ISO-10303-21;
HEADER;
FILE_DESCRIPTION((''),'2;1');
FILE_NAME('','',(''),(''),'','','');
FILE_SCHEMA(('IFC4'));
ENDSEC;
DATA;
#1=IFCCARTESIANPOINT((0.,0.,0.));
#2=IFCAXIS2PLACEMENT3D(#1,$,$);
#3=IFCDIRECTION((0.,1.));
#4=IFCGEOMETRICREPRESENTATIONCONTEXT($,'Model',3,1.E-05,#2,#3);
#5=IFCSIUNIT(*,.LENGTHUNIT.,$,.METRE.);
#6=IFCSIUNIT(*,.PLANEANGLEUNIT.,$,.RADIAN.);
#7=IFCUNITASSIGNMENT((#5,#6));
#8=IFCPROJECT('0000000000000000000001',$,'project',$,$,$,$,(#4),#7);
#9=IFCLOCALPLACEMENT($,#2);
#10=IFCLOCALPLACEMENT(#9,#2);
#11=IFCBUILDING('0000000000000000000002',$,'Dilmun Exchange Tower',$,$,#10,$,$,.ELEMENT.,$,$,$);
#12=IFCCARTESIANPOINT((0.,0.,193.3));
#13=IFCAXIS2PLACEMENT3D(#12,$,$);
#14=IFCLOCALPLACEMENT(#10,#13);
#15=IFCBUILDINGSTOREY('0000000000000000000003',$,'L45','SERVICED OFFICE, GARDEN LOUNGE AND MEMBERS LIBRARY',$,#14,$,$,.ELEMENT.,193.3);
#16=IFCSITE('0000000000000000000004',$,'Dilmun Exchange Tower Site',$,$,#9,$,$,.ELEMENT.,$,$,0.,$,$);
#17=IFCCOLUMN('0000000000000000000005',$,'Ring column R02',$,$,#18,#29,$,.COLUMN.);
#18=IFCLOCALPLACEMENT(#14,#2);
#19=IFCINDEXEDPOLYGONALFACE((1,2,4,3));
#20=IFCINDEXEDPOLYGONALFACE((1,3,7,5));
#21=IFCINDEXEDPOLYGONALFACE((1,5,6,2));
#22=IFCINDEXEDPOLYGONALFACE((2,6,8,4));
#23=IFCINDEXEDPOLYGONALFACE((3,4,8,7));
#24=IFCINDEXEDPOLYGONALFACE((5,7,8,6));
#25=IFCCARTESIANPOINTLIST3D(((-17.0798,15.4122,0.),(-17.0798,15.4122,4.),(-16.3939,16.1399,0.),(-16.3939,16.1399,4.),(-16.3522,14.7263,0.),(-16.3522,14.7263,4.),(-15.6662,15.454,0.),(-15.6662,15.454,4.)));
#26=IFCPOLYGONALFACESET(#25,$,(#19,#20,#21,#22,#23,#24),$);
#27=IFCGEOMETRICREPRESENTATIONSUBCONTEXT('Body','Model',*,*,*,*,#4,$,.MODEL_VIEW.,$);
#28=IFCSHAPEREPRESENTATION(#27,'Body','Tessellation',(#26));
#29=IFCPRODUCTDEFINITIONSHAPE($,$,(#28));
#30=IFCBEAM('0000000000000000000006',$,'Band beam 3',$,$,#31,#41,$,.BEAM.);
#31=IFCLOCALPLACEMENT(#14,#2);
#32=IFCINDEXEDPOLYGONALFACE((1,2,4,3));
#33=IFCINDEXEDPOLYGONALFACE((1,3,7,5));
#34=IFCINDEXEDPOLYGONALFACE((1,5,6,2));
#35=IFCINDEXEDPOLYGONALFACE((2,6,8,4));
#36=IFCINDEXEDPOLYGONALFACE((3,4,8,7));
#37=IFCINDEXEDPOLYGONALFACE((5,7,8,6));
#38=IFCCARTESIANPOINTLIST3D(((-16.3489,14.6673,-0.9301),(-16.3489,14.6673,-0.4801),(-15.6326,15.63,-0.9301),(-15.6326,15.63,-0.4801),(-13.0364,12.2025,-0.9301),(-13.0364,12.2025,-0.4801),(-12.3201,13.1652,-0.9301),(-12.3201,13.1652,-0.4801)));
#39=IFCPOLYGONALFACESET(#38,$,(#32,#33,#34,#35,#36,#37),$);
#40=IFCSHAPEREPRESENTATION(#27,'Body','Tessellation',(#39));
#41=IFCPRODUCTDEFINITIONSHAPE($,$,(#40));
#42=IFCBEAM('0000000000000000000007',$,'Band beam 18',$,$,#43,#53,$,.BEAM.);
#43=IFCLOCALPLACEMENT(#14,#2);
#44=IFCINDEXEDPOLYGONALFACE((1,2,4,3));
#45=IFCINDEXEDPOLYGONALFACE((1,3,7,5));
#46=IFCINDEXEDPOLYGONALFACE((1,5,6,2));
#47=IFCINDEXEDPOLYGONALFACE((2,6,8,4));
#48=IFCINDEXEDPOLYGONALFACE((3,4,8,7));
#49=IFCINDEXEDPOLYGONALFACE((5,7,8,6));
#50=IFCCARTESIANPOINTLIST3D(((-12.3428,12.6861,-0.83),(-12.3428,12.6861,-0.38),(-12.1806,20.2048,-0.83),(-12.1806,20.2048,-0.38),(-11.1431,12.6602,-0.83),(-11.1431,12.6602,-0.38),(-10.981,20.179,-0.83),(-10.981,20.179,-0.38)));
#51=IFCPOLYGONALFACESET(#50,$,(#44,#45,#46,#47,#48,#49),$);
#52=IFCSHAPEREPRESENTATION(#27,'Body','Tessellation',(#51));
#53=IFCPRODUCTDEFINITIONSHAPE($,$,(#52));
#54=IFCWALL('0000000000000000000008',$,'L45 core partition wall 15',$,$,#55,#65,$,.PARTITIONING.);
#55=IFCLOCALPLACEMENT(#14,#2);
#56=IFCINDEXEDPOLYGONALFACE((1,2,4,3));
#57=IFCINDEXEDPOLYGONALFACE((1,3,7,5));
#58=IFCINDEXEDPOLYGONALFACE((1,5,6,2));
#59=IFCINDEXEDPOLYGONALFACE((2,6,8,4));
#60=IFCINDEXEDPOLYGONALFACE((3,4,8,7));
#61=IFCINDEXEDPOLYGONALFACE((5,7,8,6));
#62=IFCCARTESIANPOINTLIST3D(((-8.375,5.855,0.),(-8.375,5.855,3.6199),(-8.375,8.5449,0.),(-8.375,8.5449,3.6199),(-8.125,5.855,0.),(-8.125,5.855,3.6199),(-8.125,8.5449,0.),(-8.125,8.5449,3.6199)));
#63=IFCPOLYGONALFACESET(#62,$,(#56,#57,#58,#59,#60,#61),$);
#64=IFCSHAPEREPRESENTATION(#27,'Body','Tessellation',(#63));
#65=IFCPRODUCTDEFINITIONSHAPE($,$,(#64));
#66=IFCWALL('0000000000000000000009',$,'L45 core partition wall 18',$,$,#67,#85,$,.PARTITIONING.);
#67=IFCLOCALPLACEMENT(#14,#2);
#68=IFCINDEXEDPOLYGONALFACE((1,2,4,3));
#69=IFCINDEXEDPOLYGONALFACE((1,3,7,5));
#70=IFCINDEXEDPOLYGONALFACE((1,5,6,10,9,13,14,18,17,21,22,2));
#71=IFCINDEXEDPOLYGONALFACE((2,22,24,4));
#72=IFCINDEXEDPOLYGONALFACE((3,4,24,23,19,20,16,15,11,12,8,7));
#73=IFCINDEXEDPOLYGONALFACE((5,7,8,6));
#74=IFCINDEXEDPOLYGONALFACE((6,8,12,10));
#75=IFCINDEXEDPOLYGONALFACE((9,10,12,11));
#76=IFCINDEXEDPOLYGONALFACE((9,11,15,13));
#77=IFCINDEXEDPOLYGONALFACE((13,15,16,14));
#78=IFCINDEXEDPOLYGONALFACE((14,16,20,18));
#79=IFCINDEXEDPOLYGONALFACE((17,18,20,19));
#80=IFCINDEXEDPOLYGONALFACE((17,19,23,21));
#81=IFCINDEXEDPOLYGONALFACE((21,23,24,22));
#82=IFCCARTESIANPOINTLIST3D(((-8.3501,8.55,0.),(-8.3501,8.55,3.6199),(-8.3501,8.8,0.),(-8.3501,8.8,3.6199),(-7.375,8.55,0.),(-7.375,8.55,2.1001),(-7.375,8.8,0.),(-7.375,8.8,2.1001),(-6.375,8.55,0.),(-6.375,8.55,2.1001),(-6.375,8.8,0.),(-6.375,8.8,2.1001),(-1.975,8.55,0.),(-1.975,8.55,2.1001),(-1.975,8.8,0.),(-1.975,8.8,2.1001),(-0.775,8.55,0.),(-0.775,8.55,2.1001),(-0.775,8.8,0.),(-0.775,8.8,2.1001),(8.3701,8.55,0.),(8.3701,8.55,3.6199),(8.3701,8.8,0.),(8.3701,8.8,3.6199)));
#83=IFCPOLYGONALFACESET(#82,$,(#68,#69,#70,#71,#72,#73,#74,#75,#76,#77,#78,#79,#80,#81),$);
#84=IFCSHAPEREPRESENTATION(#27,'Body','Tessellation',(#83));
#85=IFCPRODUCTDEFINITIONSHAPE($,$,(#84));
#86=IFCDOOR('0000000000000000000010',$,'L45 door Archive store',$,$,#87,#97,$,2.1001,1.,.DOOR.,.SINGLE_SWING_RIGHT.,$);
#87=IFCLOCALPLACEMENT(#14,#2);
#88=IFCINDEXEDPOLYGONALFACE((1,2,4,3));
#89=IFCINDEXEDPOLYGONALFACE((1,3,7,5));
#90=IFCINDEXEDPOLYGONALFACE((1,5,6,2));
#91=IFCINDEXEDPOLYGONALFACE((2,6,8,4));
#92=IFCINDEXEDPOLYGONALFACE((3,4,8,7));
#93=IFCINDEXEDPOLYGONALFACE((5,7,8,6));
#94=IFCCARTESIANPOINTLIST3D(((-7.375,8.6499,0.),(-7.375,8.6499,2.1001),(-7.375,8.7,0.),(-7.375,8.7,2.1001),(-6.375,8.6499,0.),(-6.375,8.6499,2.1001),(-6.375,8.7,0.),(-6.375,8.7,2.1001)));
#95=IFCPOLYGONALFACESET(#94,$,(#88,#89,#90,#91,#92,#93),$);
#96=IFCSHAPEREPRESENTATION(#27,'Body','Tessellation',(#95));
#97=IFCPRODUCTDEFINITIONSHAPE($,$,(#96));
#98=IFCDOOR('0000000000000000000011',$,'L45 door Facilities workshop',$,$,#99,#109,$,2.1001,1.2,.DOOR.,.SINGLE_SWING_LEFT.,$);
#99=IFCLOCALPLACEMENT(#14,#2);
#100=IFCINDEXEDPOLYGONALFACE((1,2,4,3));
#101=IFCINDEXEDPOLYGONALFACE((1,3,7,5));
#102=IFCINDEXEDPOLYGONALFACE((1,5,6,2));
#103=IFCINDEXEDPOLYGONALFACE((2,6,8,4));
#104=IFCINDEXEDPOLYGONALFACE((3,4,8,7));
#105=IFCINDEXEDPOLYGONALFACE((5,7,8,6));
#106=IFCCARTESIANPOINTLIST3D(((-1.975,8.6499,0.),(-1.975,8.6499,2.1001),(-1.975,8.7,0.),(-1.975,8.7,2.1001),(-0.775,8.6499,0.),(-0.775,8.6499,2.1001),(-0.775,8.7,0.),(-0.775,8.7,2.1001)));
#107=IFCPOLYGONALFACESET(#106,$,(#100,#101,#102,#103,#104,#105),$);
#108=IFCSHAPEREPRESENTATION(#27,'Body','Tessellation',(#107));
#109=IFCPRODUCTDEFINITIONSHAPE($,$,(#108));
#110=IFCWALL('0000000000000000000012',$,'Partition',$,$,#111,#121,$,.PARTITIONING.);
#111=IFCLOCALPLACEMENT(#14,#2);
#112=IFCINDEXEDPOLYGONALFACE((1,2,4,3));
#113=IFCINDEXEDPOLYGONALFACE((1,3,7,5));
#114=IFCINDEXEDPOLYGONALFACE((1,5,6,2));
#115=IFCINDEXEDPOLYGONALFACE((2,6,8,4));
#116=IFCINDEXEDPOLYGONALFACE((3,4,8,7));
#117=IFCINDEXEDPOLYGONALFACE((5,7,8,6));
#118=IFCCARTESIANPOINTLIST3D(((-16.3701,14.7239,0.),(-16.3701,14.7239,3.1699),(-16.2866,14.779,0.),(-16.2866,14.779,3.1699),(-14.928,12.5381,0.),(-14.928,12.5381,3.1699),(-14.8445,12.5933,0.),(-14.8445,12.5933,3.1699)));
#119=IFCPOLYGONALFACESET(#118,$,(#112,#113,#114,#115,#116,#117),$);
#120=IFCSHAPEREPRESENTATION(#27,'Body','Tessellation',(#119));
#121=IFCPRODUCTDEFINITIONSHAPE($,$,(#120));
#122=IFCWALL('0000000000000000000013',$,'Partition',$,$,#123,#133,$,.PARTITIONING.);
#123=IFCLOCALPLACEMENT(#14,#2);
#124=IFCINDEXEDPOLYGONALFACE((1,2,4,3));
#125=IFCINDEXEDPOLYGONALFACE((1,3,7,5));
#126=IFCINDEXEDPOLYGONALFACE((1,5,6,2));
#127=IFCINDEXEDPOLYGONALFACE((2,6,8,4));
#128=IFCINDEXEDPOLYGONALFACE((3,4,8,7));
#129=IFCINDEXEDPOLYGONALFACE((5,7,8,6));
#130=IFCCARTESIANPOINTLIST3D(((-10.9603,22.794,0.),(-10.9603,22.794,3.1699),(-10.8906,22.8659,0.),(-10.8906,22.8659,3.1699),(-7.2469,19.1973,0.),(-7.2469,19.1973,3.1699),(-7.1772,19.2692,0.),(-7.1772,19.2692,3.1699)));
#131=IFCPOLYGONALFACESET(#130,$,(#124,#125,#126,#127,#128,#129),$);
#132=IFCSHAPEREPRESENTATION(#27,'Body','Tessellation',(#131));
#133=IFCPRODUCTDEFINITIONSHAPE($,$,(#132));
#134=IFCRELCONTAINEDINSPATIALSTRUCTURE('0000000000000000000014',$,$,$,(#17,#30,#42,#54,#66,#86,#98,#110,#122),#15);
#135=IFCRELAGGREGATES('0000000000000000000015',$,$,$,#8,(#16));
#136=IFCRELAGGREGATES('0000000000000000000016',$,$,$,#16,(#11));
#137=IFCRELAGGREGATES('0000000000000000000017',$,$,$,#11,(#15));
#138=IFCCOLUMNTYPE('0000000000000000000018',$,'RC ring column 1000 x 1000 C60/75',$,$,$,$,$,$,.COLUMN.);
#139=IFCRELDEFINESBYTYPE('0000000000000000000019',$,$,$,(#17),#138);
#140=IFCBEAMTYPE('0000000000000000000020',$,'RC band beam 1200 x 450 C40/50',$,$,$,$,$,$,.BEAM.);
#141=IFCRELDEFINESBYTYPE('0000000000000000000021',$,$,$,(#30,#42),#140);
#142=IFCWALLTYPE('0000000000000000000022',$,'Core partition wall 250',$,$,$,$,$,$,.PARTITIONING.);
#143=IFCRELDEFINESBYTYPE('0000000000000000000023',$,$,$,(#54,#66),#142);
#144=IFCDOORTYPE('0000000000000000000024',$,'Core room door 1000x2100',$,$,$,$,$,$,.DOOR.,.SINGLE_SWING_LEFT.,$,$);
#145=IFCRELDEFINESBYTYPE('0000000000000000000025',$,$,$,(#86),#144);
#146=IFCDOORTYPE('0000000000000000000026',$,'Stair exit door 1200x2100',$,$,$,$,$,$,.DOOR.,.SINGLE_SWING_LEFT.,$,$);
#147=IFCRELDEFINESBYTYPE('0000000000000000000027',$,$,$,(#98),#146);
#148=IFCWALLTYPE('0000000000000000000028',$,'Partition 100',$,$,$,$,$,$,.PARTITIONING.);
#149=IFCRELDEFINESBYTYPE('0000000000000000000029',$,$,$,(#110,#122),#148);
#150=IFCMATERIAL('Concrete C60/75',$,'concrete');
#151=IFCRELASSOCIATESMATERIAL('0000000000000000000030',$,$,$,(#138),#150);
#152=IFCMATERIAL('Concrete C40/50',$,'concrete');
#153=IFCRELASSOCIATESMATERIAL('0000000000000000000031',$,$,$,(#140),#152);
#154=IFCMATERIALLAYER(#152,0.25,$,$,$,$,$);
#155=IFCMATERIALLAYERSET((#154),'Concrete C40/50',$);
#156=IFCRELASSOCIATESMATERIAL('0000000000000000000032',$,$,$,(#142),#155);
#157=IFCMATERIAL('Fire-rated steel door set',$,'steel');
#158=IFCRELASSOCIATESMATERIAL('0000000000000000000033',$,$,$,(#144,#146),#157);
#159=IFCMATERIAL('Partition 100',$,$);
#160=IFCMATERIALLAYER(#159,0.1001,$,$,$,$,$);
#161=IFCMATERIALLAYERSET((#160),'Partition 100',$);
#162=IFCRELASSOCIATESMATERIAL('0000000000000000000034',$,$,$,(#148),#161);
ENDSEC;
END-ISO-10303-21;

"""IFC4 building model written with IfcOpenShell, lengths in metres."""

from ifc_helpers import new_model, si_unit, direction, frame, frame_2d, origin, origin_2d, place, context, subcontext, project, spatial, rectangle, extrude, material, layer, layer_set, material_profile, profile_set, type_object, element, fill, save


model = new_model("IFC4")

# Units and contexts
model_context = context("Model", 3, precision=1e-05, world=origin(), true_north=direction((0.0, 1.0)))
body_context = subcontext(model_context, "Body", "Model", "MODEL_VIEW")
ifc_project = project(units=[si_unit("LENGTHUNIT", "METRE"), si_unit("PLANEANGLEUNIT", "RADIAN")], contexts=[model_context])

# Site, building, storey
site_placement = place(None, origin())
site = spatial("IfcSite", under=ifc_project, at=site_placement, Name="Dilmun Exchange Tower Site", CompositionType="ELEMENT", RefElevation=0.0)
building_placement = place(site_placement, origin())
building = spatial("IfcBuilding", under=site, at=building_placement, Name="Dilmun Exchange Tower", CompositionType="ELEMENT")
storey_placement = place(building_placement, frame((0.0, 0.0, 193.3)))
storey = spatial("IfcBuildingStorey", under=building, at=storey_placement, Name="L45", Description="SERVICED OFFICE, GARDEN LOUNGE AND MEMBERS LIBRARY", CompositionType="ELEMENT", Elevation=193.3)

# Column
ifc_material_1 = material(Name="Concrete C60/75", Category="concrete")
ifc_material_profile_1 = material_profile(ifc_material_1, rectangle(XDim=1.0, YDim=1.0, at=origin_2d()), Name="1000 x 1000")
ifc_profile_set_1 = profile_set([ifc_material_profile_1], Name="Concrete C60/75")
column_type = type_object("IfcColumnType", Name="RC ring column 1000 x 1000 C60/75", PredefinedType="COLUMN", material=ifc_profile_set_1)
column_placement = place(storey_placement, frame((-16.373, 15.4331, 0.0), z_axis=(0.0, 0.0, 1.0), x_axis=(0.685916, 0.727681, 0.0)))
element("IfcColumn", 1, at=column_placement, inside=storey, type_object=column_type, Name="Ring column R02", PredefinedType="COLUMN", context=body_context, shape_type="SweptSolid", body=[
    extrude(rectangle(XDim=1.0, YDim=1.0, at=origin_2d()), origin(), (0.0, 0.0, 1.0), 4.0),
])

# Beams
ifc_material_2 = material(Name="Concrete C40/50", Category="concrete")
ifc_material_profile_2 = material_profile(ifc_material_2, rectangle(XDim=1.2, YDim=0.45, at=origin_2d()), Name="1200 x 450")
ifc_profile_set_2 = profile_set([ifc_material_profile_2], Name="Concrete C40/50")
beam_type = type_object("IfcBeamType", Name="RC band beam 1200 x 450 C40/50", PredefinedType="BEAM", material=ifc_profile_set_2)
beam_1_placement = place(storey_placement, frame((-15.9907, 15.1487, -0.7051), z_axis=(0.802265, -0.596968, 0.0), x_axis=(0.596968, 0.802265, 0.0)))
element("IfcBeam", 2, at=beam_1_placement, inside=storey, type_object=beam_type, Name="Band beam 3", PredefinedType="BEAM", context=body_context, shape_type="SweptSolid", body=[
    extrude(rectangle(XDim=1.2, YDim=0.45, at=origin_2d()), origin(), (0.0, 0.0, 1.0), 4.1289),
])
beam_2_placement = place(storey_placement, frame((-11.5808, 20.1919, -0.605), z_axis=(-0.021556, -0.999768, 0.0), x_axis=(0.999768, -0.021556, 0.0)))
element("IfcBeam", 3, at=beam_2_placement, inside=storey, type_object=beam_type, Name="Band beam 18", PredefinedType="BEAM", context=body_context, shape_type="SweptSolid", body=[
    extrude(rectangle(XDim=1.2, YDim=0.45, at=origin_2d()), origin(), (0.0, 0.0, 1.0), 7.5205),
])

# Wall
ifc_layer_1 = layer(ifc_material_2, 0.25)
ifc_layer_set_1 = layer_set([ifc_layer_1], Name="Concrete C40/50")
wall_type_1 = type_object("IfcWallType", Name="Core partition wall 250", PredefinedType="PARTITIONING", material=ifc_layer_set_1)
wall_1_placement = place(storey_placement, frame((-8.25, 5.855, 0.0), z_axis=(0.0, 0.0, 1.0), x_axis=(0.0, 1.0, 0.0)))
element("IfcWall", 4, at=wall_1_placement, inside=storey, type_object=wall_type_1, Name="L45 core partition wall 15", PredefinedType="PARTITIONING", context=body_context, shape_type="SweptSolid", body=[
    extrude(rectangle(XDim=2.6899, YDim=0.25, at=frame_2d((1.345, 0.0))), origin(), (0.0, 0.0, 1.0), 3.6199),
])

# Wall, openings, doors
wall_2_placement = place(storey_placement, frame((-8.3501, 8.675, 0.0), z_axis=(0.0, 0.0, 1.0), x_axis=(1.0, 0.0, 0.0)))
wall_2 = element("IfcWall", 5, at=wall_2_placement, inside=storey, type_object=wall_type_1, Name="L45 core partition wall 18", PredefinedType="PARTITIONING", context=body_context, shape_type="SweptSolid", body=[
    extrude(rectangle(XDim=16.7202, YDim=0.25, at=frame_2d((8.3601, 0.0))), origin(), (0.0, 0.0, 1.0), 3.6199),
])
opening_1_placement = place(wall_2_placement, frame((0.9751, 0.0, 0.0)))
opening_1 = element("IfcOpeningElement", 6, at=opening_1_placement, cuts=wall_2, PredefinedType="OPENING", context=body_context, shape_type="SweptSolid", body=[
    extrude(rectangle(XDim=1.0, YDim=2.1001, at=frame_2d((0.5, 1.05))), frame((0.0, 0.135, 0.0), z_axis=(0.0, -1.0, 0.0), x_axis=(1.0, 0.0, 0.0)), (0.0, 0.0, 1.0), 0.27),
])
opening_2_placement = place(wall_2_placement, frame((6.375, 0.0, 0.0)))
opening_2 = element("IfcOpeningElement", 7, at=opening_2_placement, cuts=wall_2, PredefinedType="OPENING", context=body_context, shape_type="SweptSolid", body=[
    extrude(rectangle(XDim=1.2, YDim=2.1001, at=frame_2d((0.6001, 1.05))), frame((0.0, 0.135, 0.0), z_axis=(0.0, -1.0, 0.0), x_axis=(1.0, 0.0, 0.0)), (0.0, 0.0, 1.0), 0.27),
])
ifc_material_3 = material(Name="Fire-rated steel door set", Category="steel")
door_type_1 = type_object("IfcDoorType", Name="Core room door 1000x2100", OperationType="SINGLE_SWING_LEFT", PredefinedType="DOOR", material=ifc_material_3)
door_1_placement = place(opening_1_placement, origin())
door_1 = element("IfcDoor", 8, at=door_1_placement, inside=storey, type_object=door_type_1, Name="L45 door Archive store", OperationType="SINGLE_SWING_RIGHT", OverallHeight=2.1001, OverallWidth=1.0, PredefinedType="DOOR", context=body_context, shape_type="SweptSolid", body=[
    extrude(rectangle(XDim=1.0, YDim=2.1001, at=frame_2d((0.5, 1.05))), frame((0.0, 0.0249, 0.0), z_axis=(0.0, -1.0, 0.0), x_axis=(1.0, 0.0, 0.0)), (0.0, 0.0, 1.0), 0.05),
])
fill(opening_1, door_1)
door_type_2 = type_object("IfcDoorType", Name="Stair exit door 1200x2100", OperationType="SINGLE_SWING_LEFT", PredefinedType="DOOR", material=ifc_material_3)
door_2_placement = place(opening_2_placement, origin())
door_2 = element("IfcDoor", 9, at=door_2_placement, inside=storey, type_object=door_type_2, Name="L45 door Facilities workshop", OperationType="SINGLE_SWING_LEFT", OverallHeight=2.1001, OverallWidth=1.2, PredefinedType="DOOR", context=body_context, shape_type="SweptSolid", body=[
    extrude(rectangle(XDim=1.2, YDim=2.1001, at=frame_2d((0.6001, 1.05))), frame((0.0, 0.0249, 0.0), z_axis=(0.0, -1.0, 0.0), x_axis=(1.0, 0.0, 0.0)), (0.0, 0.0, 1.0), 0.05),
])
fill(opening_2, door_2)

# Walls
ifc_material_4 = material(Name="Partition 100")
ifc_layer_2 = layer(ifc_material_4, 0.1001)
ifc_layer_set_2 = layer_set([ifc_layer_2], Name="Partition 100")
wall_type_2 = type_object("IfcWallType", Name="Partition 100", PredefinedType="PARTITIONING", material=ifc_layer_set_2)
wall_3_placement = place(storey_placement, frame((-16.3284, 14.7515, 0.0), z_axis=(0.0, 0.0, 1.0), x_axis=(0.550714, -0.834694, 0.0)))
element("IfcWall", 10, at=wall_3_placement, inside=storey, type_object=wall_type_2, Name="Partition", PredefinedType="PARTITIONING", context=body_context, shape_type="SweptSolid", body=[
    extrude(rectangle(XDim=2.6187, YDim=0.1001, at=frame_2d((1.3093, 0.0))), origin(), (0.0, 0.0, 1.0), 3.1699),
])
wall_4_placement = place(storey_placement, frame((-10.9255, 22.8301, 0.0), z_axis=(0.0, 0.0, 1.0), x_axis=(0.718304, -0.69573, 0.0)))
element("IfcWall", 11, at=wall_4_placement, inside=storey, type_object=wall_type_2, Name="Partition", PredefinedType="PARTITIONING", context=body_context, shape_type="SweptSolid", body=[
    extrude(rectangle(XDim=5.1697, YDim=0.1001, at=frame_2d((2.585, 0.0))), origin(), (0.0, 0.0, 1.0), 3.1699),
])

save(model, "model.ifc")
